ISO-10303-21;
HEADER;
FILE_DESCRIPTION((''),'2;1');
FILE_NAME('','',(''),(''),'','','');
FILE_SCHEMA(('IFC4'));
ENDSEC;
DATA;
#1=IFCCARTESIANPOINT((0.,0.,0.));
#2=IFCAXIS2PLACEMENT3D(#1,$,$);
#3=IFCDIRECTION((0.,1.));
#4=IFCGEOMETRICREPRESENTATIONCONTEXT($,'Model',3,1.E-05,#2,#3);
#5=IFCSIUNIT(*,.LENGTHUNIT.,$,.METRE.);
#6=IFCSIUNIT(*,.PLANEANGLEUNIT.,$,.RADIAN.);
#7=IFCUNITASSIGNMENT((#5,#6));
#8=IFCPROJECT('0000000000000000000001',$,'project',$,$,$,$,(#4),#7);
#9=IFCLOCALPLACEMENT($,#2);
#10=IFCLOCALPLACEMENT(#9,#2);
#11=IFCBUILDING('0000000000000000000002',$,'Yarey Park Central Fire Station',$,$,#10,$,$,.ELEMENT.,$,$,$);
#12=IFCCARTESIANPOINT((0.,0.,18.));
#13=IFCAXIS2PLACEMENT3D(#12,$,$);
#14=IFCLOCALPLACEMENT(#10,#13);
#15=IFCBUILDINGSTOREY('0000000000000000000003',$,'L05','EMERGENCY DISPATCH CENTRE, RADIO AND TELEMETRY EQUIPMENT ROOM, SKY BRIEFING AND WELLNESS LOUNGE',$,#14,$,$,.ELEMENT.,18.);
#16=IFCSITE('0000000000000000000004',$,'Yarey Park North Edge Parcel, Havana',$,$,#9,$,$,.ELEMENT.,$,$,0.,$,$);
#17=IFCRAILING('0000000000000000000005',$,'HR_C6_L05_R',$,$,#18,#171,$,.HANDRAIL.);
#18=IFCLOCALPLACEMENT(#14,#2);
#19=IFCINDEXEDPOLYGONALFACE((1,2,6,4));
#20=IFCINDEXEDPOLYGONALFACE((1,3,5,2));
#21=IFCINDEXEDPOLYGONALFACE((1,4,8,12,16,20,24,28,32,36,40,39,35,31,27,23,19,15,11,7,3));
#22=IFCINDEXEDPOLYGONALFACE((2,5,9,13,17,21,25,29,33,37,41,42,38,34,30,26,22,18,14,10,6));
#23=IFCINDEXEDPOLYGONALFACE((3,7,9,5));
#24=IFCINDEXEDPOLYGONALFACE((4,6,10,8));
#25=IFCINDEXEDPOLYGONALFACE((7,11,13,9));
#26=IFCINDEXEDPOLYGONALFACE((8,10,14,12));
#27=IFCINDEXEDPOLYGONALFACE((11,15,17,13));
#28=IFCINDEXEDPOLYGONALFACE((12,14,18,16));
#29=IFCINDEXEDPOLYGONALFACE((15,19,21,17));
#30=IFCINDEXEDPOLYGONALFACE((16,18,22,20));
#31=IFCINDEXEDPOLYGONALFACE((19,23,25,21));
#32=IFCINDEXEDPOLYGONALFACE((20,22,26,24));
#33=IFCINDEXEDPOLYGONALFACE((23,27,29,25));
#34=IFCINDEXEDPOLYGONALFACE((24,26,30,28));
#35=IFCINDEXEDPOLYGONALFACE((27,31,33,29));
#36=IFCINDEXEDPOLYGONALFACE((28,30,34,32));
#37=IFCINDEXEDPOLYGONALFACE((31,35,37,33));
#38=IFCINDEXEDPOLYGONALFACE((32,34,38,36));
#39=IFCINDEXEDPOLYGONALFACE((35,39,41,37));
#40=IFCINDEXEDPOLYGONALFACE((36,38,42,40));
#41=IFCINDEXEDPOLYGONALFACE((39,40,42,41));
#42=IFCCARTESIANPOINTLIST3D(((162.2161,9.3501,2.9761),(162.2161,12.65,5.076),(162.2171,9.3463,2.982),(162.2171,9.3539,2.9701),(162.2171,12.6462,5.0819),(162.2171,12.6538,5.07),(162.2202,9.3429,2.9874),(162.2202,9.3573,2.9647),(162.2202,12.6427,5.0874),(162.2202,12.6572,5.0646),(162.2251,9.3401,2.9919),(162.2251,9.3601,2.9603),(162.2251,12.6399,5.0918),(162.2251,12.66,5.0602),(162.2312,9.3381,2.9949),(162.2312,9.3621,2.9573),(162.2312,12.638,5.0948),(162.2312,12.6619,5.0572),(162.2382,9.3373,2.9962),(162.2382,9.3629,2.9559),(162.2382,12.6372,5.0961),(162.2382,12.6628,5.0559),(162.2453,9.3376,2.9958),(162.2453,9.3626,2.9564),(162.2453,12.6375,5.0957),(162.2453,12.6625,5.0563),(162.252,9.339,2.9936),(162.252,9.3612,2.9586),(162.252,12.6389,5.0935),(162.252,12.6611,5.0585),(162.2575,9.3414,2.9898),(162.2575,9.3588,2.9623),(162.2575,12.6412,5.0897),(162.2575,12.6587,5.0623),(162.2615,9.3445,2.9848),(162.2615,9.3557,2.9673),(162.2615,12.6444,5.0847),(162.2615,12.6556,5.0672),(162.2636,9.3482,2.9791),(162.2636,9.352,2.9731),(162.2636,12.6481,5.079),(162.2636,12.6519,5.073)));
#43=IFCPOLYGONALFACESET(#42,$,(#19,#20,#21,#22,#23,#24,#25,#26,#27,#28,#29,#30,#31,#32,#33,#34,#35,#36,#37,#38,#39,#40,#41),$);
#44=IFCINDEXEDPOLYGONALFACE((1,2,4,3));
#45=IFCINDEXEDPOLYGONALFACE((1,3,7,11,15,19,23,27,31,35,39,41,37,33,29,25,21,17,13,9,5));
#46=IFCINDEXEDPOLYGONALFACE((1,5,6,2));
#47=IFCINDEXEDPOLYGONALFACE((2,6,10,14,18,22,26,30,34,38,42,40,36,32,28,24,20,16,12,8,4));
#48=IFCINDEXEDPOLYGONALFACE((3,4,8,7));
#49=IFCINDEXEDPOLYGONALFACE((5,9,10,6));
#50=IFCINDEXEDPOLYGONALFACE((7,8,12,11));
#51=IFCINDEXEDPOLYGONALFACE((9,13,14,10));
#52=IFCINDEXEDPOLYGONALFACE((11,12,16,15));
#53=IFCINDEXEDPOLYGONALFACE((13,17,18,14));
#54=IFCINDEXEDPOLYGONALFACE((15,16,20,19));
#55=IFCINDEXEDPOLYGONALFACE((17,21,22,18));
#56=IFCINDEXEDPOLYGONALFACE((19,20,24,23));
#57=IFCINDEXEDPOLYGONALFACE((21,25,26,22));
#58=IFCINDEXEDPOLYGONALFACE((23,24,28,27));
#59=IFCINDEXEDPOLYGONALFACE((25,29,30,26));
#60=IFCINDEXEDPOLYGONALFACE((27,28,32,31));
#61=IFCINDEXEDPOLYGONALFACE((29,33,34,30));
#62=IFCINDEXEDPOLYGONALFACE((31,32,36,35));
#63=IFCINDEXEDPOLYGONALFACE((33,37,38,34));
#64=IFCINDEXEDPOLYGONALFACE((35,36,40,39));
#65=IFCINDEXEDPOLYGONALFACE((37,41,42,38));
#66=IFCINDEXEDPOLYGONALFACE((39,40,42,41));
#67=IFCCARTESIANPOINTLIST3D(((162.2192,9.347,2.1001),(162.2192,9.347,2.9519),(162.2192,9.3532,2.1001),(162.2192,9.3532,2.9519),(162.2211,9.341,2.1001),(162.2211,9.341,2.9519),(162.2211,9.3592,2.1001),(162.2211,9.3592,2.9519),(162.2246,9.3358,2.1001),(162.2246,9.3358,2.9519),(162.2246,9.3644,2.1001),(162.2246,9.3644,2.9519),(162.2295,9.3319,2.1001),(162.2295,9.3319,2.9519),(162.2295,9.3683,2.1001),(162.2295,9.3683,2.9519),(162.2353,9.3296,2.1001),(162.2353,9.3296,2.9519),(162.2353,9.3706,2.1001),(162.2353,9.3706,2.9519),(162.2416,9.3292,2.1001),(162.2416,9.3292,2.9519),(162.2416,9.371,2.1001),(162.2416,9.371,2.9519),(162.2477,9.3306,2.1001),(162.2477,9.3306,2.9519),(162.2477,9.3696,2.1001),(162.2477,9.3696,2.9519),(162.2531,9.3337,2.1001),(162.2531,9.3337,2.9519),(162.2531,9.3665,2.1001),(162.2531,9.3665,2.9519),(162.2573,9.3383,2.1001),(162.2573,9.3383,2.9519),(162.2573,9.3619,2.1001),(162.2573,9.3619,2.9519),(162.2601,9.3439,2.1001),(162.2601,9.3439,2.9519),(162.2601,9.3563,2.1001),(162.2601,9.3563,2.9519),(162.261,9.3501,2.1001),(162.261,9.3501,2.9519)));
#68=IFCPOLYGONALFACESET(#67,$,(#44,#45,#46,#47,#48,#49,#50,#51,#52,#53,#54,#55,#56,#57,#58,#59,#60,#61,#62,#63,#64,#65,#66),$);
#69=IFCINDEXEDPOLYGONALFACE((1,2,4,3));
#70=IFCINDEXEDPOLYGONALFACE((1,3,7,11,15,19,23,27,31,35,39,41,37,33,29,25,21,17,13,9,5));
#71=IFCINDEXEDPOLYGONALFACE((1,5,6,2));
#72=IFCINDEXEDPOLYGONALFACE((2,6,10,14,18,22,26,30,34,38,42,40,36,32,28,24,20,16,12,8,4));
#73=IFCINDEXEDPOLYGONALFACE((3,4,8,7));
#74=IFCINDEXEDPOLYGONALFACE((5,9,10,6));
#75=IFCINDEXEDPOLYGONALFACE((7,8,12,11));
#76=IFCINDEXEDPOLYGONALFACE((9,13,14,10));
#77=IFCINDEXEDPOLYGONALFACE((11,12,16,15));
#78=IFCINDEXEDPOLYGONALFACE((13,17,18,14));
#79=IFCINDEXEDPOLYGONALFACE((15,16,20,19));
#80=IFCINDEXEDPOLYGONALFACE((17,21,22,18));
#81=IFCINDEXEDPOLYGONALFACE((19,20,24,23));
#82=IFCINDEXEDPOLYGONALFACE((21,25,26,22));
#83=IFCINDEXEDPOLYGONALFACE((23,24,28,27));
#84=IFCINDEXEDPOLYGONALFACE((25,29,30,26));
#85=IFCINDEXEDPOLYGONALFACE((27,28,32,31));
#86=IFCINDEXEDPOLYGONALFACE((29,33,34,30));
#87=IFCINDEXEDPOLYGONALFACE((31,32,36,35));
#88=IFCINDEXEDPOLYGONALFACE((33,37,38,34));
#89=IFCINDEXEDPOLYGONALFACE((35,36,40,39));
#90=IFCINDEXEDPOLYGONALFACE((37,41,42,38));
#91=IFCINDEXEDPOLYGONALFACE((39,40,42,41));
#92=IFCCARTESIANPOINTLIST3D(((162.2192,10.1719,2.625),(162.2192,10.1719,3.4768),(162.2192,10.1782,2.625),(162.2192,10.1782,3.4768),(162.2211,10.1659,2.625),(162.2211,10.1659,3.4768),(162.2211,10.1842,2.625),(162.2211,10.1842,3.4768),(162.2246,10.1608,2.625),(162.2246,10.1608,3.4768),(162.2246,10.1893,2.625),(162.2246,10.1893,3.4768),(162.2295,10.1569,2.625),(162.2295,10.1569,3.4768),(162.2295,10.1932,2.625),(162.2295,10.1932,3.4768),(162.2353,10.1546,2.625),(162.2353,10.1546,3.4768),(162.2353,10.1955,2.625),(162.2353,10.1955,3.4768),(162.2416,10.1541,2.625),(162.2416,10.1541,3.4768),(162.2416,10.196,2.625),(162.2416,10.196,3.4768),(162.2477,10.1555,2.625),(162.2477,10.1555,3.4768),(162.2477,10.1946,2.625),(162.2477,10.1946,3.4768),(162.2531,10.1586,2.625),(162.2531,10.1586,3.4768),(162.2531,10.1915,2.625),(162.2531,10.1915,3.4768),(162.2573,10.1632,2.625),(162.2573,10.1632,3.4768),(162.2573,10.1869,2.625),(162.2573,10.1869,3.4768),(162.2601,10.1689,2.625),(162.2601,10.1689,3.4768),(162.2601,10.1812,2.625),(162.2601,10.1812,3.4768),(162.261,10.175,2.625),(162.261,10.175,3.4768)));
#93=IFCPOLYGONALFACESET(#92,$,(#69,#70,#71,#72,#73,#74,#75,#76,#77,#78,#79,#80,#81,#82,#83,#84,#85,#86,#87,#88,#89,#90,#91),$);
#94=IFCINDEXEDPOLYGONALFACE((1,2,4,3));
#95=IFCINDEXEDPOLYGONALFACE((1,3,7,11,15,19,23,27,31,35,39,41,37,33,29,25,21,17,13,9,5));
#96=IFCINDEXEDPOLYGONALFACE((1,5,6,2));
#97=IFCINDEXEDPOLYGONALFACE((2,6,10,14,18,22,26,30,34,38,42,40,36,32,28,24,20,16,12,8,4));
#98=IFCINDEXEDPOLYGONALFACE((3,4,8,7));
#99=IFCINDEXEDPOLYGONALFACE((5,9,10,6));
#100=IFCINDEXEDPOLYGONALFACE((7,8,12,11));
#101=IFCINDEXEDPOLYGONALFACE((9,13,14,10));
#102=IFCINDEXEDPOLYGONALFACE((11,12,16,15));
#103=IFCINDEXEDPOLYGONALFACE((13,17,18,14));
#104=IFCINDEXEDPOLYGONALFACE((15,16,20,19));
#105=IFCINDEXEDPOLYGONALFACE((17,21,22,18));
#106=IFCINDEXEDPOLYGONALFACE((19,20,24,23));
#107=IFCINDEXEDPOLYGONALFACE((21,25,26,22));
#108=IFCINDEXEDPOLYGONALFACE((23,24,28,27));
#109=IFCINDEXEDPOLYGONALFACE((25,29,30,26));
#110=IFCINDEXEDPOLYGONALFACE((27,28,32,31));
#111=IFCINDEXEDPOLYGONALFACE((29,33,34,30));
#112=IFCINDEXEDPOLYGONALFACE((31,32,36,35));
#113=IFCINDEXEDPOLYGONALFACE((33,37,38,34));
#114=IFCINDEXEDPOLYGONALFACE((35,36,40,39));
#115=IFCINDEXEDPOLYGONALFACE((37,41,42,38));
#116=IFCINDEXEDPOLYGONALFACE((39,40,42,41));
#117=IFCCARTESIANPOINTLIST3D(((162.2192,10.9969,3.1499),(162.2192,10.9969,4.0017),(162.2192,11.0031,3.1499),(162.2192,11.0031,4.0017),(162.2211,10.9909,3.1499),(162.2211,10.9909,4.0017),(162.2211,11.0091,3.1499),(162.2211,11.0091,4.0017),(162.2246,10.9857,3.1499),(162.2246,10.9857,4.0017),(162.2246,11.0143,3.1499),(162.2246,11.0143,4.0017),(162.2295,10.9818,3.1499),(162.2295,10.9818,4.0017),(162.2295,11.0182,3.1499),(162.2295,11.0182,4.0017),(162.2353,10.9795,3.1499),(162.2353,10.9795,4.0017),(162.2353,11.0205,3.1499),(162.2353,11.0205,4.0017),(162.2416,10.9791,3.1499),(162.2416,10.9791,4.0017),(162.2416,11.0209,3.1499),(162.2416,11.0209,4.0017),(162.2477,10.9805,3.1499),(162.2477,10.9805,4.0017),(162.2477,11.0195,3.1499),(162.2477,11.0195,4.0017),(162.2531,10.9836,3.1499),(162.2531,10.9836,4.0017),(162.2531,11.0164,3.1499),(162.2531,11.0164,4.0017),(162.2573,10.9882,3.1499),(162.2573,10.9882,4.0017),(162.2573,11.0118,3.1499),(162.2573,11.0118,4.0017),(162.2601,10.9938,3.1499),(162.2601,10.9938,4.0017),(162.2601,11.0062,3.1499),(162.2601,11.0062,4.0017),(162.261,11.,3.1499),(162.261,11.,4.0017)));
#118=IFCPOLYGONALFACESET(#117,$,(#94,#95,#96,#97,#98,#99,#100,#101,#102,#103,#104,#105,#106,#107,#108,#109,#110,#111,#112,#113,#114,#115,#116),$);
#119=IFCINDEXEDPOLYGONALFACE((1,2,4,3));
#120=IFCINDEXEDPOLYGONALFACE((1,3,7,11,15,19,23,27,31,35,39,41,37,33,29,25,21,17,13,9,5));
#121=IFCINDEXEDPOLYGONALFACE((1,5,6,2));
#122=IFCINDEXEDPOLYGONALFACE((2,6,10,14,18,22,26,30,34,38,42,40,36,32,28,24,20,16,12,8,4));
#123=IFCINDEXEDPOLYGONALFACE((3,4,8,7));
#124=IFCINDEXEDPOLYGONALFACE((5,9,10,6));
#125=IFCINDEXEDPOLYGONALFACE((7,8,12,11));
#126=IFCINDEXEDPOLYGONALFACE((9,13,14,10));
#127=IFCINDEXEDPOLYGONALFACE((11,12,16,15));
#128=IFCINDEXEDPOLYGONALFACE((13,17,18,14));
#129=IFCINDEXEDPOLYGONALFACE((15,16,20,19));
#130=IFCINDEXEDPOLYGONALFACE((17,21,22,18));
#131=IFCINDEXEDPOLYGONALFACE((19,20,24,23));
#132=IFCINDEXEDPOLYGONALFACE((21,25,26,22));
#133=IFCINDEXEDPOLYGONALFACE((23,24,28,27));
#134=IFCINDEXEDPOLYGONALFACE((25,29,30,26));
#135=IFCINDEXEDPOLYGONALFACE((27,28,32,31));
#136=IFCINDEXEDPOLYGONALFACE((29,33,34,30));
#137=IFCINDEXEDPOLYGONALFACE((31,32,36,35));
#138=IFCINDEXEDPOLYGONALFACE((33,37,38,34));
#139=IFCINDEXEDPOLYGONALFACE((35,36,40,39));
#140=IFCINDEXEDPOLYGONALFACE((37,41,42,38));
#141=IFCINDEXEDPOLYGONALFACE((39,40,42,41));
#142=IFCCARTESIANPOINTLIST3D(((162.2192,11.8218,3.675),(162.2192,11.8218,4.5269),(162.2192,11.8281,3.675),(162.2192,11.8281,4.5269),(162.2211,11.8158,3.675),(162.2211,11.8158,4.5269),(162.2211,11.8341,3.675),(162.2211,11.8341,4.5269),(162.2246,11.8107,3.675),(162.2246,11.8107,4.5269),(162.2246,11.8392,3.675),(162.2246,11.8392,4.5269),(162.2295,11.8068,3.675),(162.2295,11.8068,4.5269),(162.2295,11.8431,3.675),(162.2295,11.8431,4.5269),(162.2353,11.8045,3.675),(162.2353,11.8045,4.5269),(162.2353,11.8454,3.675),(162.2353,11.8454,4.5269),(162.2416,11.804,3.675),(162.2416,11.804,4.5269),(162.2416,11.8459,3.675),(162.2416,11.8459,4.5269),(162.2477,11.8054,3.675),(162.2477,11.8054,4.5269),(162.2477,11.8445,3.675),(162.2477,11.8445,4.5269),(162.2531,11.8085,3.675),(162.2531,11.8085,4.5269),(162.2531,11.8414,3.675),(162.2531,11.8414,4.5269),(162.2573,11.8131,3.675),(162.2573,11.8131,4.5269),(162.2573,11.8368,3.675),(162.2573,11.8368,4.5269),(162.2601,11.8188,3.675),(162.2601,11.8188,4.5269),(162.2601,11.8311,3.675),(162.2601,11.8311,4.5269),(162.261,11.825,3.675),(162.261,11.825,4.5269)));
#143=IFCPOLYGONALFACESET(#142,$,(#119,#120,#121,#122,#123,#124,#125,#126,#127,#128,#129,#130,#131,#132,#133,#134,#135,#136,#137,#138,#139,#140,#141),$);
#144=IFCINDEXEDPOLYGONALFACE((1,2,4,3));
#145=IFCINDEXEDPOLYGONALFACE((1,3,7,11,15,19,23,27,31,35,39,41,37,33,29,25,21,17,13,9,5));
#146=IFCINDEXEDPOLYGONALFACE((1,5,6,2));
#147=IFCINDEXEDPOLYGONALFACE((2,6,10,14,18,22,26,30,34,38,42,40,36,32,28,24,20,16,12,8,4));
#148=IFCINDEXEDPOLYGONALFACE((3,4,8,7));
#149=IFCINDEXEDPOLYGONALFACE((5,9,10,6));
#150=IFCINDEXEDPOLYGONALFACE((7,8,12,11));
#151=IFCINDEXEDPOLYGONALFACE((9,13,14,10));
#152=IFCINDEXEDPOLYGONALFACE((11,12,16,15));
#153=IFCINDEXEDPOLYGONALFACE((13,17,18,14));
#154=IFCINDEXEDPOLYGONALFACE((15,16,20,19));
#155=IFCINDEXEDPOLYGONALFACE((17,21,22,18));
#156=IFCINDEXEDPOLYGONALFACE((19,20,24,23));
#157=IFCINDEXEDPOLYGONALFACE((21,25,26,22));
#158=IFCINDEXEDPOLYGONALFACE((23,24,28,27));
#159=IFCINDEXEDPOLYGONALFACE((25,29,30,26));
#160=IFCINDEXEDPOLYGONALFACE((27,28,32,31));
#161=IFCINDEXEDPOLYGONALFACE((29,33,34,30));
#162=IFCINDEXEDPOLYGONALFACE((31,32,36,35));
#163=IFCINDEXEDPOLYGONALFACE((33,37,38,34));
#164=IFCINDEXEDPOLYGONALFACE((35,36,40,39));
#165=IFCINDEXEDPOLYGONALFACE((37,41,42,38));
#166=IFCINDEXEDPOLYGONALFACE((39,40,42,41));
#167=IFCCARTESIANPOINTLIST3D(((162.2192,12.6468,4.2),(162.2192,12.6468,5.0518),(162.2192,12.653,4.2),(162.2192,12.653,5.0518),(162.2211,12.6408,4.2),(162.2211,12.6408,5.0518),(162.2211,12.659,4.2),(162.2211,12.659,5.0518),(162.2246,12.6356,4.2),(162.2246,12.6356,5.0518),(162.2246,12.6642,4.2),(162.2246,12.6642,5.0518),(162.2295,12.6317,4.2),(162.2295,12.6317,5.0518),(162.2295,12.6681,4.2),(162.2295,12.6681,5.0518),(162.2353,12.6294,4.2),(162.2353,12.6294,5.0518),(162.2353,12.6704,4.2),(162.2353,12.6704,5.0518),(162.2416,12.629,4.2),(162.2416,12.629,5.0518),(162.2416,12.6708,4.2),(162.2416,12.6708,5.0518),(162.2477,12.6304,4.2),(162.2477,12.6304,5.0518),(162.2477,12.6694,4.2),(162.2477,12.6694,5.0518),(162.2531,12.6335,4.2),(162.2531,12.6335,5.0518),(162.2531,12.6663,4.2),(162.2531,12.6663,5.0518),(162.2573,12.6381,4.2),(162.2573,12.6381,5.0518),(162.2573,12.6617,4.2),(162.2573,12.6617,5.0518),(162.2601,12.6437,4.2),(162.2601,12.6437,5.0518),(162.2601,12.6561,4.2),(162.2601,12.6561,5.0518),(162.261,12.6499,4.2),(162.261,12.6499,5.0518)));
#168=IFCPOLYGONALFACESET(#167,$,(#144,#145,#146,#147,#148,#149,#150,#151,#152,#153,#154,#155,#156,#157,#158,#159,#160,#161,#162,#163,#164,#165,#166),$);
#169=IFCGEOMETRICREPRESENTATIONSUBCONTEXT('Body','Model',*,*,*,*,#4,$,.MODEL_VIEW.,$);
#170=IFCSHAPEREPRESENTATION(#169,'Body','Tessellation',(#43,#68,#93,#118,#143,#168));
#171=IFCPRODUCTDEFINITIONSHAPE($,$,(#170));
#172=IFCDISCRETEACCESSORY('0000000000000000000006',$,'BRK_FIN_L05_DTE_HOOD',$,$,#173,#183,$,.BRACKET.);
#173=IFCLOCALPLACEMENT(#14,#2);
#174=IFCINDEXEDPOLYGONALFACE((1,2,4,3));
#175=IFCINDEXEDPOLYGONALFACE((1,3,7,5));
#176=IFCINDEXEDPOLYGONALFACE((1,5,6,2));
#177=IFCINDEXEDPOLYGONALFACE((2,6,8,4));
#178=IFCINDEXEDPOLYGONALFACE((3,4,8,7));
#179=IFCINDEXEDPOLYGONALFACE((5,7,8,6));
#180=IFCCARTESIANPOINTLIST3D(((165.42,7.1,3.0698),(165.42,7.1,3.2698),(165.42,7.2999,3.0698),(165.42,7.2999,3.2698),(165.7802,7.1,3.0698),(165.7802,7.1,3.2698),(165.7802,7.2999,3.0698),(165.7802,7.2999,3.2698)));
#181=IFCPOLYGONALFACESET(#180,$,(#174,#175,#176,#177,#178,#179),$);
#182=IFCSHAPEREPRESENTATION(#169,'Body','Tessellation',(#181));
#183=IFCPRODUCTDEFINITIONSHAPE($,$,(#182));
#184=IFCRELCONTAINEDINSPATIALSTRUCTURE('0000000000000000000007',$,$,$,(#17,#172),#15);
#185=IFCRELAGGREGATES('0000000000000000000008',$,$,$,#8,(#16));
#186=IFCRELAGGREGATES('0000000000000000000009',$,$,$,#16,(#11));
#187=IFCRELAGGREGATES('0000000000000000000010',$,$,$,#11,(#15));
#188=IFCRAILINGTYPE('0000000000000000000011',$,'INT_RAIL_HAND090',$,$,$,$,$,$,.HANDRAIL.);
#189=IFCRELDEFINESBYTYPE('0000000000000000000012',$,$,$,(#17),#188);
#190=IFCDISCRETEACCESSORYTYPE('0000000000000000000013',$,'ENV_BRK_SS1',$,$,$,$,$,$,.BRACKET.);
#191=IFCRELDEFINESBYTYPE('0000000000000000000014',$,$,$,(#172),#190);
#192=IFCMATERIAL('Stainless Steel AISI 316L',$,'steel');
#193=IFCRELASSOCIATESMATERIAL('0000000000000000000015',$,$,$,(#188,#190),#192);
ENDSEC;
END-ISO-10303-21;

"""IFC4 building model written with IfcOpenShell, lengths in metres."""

from ifc_helpers import new_model, si_unit, direction, frame, origin, origin_2d, place, context, subcontext, project, spatial, rectangle, circle, extrude, material, type_object, element, save


model = new_model("IFC4")

# Units and contexts
model_context = context("Model", 3, precision=1e-05, world=origin(), true_north=direction((0.0, 1.0)))
body_context = subcontext(model_context, "Body", "Model", "MODEL_VIEW")
ifc_project = project(units=[si_unit("LENGTHUNIT", "METRE"), si_unit("PLANEANGLEUNIT", "RADIAN")], contexts=[model_context])

# Site, building, storey
site_placement = place(None, origin())
site = spatial("IfcSite", under=ifc_project, at=site_placement, Name="Yarey Park North Edge Parcel, Havana", CompositionType="ELEMENT", RefElevation=0.0)
building_placement = place(site_placement, origin())
building = spatial("IfcBuilding", under=site, at=building_placement, Name="Yarey Park Central Fire Station", CompositionType="ELEMENT")
storey_placement = place(building_placement, frame((0.0, 0.0, 18.0)))
storey = spatial("IfcBuildingStorey", under=building, at=storey_placement, Name="L05", Description="EMERGENCY DISPATCH CENTRE, RADIO AND TELEMETRY EQUIPMENT ROOM, SKY BRIEFING AND WELLNESS LOUNGE", CompositionType="ELEMENT", Elevation=18.0)

# Railing
ifc_material_1 = material(Name="Stainless Steel AISI 316L", Category="steel")
railing_type = type_object("IfcRailingType", Name="INT_RAIL_HAND090", PredefinedType="HANDRAIL", material=ifc_material_1)
railing_placement = place(storey_placement, frame((162.24, 9.3501, 2.1001)))
element("IfcRailing", 1, at=railing_placement, inside=storey, type_object=railing_type, Name="HR_C6_L05_R", PredefinedType="HANDRAIL", context=body_context, shape_type="SweptSolid", body=[
    extrude(circle(Radius=0.0239, at=origin_2d()), frame((0.0, 0.0, 0.876), z_axis=(0.0, 0.843664, 0.536871), x_axis=(-1.0, 0.0, 0.0)), (0.0, 0.0, 1.0), 3.9114),
    extrude(circle(Radius=0.021, at=origin_2d()), origin(), (0.0, 0.0, 1.0), 0.8518),
    extrude(circle(Radius=0.021, at=origin_2d()), frame((0.0, 0.825, 0.5249)), (0.0, 0.0, 1.0), 0.8518),
    extrude(circle(Radius=0.021, at=origin_2d()), frame((0.0, 1.6499, 1.0498)), (0.0, 0.0, 1.0), 0.8518),
    extrude(circle(Radius=0.021, at=origin_2d()), frame((0.0, 2.4749, 1.575)), (0.0, 0.0, 1.0), 0.8518),
    extrude(circle(Radius=0.021, at=origin_2d()), frame((0.0, 3.2998, 2.0999)), (0.0, 0.0, 1.0), 0.8518),
])

# Discrete accessory
discrete_accessory_type = type_object("IfcDiscreteAccessoryType", Name="ENV_BRK_SS1", PredefinedType="BRACKET", material=ifc_material_1)
discrete_accessory_placement = place(storey_placement, frame((165.6001, 7.2, 3.0698), z_axis=(0.0, 0.0, 1.0), x_axis=(1.0, 0.0, 0.0)))
element("IfcDiscreteAccessory", 2, at=discrete_accessory_placement, inside=storey, type_object=discrete_accessory_type, Name="BRK_FIN_L05_DTE_HOOD", PredefinedType="BRACKET", context=body_context, shape_type="SweptSolid", body=[
    extrude(rectangle(XDim=0.3601, YDim=0.2, at=origin_2d()), origin(), (0.0, 0.0, 1.0), 0.2),
])

save(model, "model.ifc")
